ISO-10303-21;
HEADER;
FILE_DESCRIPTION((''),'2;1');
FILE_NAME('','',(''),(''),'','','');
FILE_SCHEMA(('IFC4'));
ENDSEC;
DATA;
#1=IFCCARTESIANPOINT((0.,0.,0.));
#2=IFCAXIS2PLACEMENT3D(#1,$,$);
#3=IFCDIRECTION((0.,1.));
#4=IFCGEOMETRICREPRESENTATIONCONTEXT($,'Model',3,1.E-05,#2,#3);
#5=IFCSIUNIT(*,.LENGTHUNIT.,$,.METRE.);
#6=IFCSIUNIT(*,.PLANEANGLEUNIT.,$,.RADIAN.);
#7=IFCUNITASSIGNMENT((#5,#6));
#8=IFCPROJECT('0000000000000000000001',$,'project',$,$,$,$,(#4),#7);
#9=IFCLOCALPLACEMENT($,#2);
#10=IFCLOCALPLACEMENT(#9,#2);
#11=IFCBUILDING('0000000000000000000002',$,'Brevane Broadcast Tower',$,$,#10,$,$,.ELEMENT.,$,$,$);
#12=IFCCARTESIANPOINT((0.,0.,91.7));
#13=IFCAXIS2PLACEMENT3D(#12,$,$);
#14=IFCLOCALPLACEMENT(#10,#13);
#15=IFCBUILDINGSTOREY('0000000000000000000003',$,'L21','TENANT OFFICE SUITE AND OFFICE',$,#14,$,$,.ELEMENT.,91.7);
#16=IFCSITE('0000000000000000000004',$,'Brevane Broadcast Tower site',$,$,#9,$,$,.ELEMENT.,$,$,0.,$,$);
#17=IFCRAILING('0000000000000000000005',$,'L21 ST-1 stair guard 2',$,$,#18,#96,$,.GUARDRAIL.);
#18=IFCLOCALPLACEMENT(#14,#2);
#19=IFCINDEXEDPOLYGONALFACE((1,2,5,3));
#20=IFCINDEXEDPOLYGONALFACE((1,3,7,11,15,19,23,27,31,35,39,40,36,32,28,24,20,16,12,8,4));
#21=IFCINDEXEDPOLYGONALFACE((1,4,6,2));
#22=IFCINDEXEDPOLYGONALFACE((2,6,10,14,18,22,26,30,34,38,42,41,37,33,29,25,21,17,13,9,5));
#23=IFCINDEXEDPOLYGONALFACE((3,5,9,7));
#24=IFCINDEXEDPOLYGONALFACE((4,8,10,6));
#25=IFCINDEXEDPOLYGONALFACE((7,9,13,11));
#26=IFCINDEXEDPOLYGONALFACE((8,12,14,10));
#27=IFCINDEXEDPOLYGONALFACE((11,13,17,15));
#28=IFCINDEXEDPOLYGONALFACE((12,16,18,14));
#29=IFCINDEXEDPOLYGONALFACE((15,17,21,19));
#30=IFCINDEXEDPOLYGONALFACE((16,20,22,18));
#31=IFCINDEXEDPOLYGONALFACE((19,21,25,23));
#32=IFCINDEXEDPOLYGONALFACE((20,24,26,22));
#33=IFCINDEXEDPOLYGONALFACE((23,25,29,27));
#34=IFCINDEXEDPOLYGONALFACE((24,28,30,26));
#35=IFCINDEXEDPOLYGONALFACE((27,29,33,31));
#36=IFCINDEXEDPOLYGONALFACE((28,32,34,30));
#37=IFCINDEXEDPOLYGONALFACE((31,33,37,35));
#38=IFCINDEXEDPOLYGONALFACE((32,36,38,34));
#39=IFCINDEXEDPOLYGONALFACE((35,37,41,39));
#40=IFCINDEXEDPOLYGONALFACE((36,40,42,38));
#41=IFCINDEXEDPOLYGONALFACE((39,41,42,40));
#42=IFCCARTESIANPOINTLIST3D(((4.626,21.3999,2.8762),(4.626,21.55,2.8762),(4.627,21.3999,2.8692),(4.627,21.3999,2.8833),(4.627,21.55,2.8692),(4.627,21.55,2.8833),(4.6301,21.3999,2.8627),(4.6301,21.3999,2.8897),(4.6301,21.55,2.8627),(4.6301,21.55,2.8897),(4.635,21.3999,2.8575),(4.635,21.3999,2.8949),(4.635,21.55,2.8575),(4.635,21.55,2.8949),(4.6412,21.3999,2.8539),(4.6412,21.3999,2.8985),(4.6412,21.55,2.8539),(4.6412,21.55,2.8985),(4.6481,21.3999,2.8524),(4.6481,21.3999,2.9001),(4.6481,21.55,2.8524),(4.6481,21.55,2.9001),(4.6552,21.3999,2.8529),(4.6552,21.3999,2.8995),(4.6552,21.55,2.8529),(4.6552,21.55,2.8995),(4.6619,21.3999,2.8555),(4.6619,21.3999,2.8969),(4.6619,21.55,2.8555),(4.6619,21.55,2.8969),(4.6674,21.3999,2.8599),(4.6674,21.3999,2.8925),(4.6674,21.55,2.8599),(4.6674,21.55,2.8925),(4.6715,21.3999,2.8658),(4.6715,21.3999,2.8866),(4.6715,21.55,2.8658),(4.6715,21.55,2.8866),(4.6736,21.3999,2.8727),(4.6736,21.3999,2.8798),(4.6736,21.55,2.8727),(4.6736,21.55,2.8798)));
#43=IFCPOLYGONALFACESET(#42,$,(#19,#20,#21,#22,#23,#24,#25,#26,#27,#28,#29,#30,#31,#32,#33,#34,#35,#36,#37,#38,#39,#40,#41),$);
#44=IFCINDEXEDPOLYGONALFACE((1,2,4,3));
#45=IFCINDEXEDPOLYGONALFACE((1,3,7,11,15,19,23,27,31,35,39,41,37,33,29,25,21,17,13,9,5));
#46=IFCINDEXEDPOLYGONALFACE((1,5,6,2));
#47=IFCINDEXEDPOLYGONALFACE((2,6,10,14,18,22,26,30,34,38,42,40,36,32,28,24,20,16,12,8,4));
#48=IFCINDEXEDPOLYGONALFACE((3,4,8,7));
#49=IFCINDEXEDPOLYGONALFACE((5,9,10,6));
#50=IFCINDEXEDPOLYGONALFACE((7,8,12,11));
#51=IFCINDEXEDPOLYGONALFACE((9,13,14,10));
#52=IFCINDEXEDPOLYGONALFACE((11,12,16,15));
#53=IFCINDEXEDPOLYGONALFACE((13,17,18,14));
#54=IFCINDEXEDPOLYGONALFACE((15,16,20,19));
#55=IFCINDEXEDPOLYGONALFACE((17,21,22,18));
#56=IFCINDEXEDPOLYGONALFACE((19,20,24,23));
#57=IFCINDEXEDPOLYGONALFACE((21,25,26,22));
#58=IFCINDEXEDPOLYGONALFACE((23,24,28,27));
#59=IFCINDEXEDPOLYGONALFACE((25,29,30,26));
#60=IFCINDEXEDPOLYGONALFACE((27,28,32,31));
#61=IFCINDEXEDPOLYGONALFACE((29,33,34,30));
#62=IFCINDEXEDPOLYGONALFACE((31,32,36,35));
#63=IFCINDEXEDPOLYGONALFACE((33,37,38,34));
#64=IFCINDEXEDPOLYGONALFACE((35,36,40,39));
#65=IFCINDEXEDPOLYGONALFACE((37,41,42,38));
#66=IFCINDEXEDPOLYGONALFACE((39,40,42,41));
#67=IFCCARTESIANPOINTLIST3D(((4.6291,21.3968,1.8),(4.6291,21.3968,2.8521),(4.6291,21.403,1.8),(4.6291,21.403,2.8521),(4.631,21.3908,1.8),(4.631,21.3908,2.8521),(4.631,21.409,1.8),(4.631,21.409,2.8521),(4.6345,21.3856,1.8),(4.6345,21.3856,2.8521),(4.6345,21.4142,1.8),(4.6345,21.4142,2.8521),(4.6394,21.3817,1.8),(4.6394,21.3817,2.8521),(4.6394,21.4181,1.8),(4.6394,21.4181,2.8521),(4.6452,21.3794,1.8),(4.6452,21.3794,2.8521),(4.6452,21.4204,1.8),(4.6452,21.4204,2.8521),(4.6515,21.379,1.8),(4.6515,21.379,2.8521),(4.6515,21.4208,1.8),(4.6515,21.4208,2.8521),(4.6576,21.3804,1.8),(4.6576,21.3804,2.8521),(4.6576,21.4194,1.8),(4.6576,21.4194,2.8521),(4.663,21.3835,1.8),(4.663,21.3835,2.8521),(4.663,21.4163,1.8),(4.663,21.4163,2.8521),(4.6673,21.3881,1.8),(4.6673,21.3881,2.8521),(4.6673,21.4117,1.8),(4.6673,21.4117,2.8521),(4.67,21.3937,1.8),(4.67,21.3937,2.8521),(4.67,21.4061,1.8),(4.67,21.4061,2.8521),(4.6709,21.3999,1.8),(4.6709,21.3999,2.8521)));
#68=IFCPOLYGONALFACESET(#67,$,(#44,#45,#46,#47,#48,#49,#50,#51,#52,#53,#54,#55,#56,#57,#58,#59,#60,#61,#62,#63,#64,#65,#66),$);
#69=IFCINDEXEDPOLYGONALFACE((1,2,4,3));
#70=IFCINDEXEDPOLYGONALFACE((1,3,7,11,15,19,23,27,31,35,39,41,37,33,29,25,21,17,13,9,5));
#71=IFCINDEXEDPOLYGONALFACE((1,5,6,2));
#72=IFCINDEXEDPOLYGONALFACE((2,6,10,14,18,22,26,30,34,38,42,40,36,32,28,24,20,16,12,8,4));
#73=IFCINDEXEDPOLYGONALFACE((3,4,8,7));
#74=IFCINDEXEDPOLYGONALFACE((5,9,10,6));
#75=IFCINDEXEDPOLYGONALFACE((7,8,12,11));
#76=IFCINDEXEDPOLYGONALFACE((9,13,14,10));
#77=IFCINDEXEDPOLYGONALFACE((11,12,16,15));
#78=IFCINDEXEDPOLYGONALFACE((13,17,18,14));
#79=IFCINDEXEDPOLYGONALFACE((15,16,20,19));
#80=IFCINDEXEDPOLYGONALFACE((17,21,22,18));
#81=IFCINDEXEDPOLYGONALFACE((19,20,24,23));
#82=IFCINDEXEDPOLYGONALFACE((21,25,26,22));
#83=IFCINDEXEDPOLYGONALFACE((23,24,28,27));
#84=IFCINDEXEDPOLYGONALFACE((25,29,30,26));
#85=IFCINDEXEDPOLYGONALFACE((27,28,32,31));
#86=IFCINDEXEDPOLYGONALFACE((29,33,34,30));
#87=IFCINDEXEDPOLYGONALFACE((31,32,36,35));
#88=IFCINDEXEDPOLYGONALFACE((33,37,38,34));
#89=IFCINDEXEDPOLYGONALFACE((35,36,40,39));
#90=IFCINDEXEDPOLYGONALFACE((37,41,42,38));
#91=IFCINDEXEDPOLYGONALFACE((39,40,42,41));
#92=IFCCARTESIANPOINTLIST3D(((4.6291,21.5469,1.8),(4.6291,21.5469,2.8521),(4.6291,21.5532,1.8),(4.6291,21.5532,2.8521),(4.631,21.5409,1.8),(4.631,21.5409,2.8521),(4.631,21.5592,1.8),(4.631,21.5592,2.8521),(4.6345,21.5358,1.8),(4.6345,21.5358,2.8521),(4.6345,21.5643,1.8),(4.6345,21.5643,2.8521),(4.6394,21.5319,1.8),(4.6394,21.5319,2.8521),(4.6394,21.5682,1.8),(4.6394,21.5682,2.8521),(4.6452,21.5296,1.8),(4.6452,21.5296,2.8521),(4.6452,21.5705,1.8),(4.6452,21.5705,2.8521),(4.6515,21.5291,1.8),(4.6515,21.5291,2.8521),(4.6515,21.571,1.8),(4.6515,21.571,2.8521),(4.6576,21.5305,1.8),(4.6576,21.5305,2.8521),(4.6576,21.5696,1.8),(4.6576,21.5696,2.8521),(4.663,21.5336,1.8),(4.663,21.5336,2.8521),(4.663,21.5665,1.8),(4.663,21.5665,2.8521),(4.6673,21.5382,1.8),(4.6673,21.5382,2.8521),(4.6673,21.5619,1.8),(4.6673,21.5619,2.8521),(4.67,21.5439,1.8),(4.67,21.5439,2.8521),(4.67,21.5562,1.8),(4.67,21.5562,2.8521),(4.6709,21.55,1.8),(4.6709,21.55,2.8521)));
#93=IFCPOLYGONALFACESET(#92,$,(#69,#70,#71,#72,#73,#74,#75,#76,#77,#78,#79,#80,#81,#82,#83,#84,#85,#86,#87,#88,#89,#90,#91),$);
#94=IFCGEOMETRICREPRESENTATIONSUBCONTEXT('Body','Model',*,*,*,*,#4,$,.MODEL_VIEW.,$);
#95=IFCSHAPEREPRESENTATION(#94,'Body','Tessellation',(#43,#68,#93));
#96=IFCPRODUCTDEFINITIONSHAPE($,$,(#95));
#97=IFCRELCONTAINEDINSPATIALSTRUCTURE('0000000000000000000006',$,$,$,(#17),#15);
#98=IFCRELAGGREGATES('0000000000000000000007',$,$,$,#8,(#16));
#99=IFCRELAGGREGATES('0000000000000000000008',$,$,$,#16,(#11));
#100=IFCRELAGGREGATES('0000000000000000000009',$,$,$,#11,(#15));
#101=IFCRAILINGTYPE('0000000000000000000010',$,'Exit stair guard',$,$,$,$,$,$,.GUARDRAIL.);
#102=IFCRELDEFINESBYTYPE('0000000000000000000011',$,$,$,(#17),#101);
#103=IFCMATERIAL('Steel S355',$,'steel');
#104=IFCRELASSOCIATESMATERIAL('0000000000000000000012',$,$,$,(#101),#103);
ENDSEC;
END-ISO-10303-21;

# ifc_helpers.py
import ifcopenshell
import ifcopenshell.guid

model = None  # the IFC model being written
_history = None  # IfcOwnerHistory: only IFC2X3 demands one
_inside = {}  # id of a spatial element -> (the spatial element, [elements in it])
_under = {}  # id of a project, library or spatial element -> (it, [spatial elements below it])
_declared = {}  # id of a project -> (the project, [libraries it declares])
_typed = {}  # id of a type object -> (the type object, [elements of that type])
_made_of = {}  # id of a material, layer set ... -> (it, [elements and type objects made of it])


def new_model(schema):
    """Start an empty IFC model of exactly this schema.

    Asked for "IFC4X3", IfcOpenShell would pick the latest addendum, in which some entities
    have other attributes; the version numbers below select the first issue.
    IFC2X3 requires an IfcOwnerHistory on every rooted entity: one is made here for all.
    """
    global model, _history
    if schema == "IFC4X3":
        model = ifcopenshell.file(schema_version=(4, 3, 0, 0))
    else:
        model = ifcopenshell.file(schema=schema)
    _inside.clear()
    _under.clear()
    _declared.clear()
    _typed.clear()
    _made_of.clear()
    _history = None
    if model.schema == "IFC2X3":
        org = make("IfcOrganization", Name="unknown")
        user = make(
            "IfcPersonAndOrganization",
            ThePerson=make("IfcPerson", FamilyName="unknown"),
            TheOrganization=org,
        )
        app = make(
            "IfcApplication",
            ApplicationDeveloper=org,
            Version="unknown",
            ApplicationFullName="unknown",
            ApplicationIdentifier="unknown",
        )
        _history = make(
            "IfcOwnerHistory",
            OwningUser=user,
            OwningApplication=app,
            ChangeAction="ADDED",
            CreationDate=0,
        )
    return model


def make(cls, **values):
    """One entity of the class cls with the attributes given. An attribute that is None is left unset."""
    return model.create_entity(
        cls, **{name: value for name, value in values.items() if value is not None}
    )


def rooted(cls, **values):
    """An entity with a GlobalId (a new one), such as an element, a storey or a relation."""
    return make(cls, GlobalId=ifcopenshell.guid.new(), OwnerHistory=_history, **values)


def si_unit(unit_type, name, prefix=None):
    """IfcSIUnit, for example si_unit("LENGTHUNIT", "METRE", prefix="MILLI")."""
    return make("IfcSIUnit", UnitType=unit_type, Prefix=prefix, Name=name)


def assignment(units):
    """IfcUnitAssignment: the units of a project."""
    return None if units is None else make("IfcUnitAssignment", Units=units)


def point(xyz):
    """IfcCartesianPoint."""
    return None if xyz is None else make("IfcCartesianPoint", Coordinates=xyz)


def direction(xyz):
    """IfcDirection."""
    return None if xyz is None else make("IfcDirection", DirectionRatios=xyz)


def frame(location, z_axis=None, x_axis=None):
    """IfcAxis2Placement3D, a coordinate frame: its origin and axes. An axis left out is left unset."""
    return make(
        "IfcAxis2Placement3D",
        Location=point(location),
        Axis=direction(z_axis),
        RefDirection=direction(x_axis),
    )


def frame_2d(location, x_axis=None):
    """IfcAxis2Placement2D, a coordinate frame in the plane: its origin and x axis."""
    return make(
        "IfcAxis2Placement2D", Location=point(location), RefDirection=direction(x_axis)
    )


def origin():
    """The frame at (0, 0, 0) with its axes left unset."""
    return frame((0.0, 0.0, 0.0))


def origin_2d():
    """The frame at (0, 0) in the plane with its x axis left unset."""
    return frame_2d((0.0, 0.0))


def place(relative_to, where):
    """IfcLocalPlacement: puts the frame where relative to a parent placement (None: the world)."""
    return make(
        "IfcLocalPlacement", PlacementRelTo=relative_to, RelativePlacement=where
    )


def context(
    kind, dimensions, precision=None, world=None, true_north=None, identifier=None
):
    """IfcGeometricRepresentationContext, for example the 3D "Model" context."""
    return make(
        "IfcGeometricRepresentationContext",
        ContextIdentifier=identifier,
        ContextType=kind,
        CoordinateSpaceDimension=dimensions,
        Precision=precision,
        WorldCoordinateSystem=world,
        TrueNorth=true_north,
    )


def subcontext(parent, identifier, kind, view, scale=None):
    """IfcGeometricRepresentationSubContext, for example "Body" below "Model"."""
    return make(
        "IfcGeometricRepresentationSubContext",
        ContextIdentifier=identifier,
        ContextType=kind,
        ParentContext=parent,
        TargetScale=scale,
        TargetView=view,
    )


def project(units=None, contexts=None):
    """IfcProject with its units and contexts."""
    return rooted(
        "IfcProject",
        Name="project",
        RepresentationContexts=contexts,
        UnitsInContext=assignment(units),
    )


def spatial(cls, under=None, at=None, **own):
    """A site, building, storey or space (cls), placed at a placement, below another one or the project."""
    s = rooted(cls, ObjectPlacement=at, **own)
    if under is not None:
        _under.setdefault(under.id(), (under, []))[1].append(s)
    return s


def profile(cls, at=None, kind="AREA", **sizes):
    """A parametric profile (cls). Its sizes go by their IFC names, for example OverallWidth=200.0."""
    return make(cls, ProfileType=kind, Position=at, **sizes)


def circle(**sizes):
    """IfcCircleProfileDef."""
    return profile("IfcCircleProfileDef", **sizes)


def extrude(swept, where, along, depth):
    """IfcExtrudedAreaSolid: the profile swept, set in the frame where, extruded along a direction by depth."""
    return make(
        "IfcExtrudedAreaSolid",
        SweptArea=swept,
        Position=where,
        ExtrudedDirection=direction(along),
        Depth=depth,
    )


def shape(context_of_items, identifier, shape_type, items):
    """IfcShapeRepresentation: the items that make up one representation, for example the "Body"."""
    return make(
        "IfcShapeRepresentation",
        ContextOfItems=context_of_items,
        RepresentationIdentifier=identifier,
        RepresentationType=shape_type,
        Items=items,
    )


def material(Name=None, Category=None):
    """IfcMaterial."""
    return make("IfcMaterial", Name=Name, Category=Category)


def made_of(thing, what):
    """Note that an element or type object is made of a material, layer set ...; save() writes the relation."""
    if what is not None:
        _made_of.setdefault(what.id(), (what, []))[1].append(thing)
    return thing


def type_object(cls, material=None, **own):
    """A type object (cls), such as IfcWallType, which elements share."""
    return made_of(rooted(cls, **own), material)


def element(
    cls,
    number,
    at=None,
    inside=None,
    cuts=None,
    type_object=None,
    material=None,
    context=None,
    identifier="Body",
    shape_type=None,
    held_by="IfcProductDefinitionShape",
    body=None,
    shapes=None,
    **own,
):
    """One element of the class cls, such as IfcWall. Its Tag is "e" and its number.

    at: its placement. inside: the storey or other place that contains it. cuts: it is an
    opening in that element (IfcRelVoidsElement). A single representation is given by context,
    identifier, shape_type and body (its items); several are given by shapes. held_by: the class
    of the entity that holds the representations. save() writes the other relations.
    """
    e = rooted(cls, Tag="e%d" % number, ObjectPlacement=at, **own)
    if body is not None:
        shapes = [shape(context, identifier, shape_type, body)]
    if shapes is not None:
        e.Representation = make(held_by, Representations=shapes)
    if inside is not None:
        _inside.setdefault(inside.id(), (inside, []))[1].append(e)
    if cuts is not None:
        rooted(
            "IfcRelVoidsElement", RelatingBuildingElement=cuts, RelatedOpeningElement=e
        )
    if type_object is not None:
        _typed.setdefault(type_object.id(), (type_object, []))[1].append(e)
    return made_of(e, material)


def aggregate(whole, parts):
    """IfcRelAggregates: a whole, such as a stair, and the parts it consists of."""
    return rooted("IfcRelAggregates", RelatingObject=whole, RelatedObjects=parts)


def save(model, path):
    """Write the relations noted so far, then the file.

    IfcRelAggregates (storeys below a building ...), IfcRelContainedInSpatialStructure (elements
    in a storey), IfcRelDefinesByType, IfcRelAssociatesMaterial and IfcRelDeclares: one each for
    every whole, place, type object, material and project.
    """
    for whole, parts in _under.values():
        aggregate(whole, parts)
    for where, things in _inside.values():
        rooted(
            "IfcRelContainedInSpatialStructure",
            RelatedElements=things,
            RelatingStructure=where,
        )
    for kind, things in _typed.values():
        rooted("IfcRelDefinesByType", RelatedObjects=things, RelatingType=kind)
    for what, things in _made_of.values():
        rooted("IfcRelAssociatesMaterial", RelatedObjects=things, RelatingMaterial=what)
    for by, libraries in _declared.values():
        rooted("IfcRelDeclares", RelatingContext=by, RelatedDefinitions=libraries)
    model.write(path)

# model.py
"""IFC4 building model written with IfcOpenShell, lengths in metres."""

from ifc_helpers import new_model, si_unit, direction, frame, origin, origin_2d, place, context, subcontext, project, spatial, circle, extrude, material, type_object, element, save


model = new_model("IFC4")

# Units and contexts
model_context = context("Model", 3, precision=1e-05, world=origin(), true_north=direction((0.0, 1.0)))
body_context = subcontext(model_context, "Body", "Model", "MODEL_VIEW")
ifc_project = project(units=[si_unit("LENGTHUNIT", "METRE"), si_unit("PLANEANGLEUNIT", "RADIAN")], contexts=[model_context])

# Site, building, storey
site_placement = place(None, origin())
site = spatial("IfcSite", under=ifc_project, at=site_placement, Name="Brevane Broadcast Tower site", CompositionType="ELEMENT", RefElevation=0.0)
building_placement = place(site_placement, origin())
building = spatial("IfcBuilding", under=site, at=building_placement, Name="Brevane Broadcast Tower", CompositionType="ELEMENT")
storey_placement = place(building_placement, frame((0.0, 0.0, 91.7)))
storey = spatial("IfcBuildingStorey", under=building, at=storey_placement, Name="L21", Description="TENANT OFFICE SUITE AND OFFICE", CompositionType="ELEMENT", Elevation=91.7)

# Railing
ifc_material_1 = material(Name="Steel S355", Category="steel")
railing_type_1 = type_object("IfcRailingType", Name="Exit stair guard", PredefinedType="GUARDRAIL", material=ifc_material_1)
railing_1_placement = place(storey_placement, frame((4.6499, 21.3999, 1.8)))
element("IfcRailing", 1, at=railing_1_placement, inside=storey, type_object=railing_type_1, Name="L21 ST-1 stair guard 2", PredefinedType="GUARDRAIL", context=body_context, shape_type="SweptSolid", body=[
    extrude(circle(Radius=0.0239, at=origin_2d()), frame((0.0, 0.0, 1.0762), z_axis=(0.0, 1.0, 0.0), x_axis=(-1.0, 0.0, 0.0)), (0.0, 0.0, 1.0), 0.1501),
    extrude(circle(Radius=0.021, at=origin_2d()), origin(), (0.0, 0.0, 1.0), 1.052),
    extrude(circle(Radius=0.021, at=origin_2d()), frame((0.0, 0.1501, 0.0)), (0.0, 0.0, 1.0), 1.052),
])

save(model, "model.ifc")
